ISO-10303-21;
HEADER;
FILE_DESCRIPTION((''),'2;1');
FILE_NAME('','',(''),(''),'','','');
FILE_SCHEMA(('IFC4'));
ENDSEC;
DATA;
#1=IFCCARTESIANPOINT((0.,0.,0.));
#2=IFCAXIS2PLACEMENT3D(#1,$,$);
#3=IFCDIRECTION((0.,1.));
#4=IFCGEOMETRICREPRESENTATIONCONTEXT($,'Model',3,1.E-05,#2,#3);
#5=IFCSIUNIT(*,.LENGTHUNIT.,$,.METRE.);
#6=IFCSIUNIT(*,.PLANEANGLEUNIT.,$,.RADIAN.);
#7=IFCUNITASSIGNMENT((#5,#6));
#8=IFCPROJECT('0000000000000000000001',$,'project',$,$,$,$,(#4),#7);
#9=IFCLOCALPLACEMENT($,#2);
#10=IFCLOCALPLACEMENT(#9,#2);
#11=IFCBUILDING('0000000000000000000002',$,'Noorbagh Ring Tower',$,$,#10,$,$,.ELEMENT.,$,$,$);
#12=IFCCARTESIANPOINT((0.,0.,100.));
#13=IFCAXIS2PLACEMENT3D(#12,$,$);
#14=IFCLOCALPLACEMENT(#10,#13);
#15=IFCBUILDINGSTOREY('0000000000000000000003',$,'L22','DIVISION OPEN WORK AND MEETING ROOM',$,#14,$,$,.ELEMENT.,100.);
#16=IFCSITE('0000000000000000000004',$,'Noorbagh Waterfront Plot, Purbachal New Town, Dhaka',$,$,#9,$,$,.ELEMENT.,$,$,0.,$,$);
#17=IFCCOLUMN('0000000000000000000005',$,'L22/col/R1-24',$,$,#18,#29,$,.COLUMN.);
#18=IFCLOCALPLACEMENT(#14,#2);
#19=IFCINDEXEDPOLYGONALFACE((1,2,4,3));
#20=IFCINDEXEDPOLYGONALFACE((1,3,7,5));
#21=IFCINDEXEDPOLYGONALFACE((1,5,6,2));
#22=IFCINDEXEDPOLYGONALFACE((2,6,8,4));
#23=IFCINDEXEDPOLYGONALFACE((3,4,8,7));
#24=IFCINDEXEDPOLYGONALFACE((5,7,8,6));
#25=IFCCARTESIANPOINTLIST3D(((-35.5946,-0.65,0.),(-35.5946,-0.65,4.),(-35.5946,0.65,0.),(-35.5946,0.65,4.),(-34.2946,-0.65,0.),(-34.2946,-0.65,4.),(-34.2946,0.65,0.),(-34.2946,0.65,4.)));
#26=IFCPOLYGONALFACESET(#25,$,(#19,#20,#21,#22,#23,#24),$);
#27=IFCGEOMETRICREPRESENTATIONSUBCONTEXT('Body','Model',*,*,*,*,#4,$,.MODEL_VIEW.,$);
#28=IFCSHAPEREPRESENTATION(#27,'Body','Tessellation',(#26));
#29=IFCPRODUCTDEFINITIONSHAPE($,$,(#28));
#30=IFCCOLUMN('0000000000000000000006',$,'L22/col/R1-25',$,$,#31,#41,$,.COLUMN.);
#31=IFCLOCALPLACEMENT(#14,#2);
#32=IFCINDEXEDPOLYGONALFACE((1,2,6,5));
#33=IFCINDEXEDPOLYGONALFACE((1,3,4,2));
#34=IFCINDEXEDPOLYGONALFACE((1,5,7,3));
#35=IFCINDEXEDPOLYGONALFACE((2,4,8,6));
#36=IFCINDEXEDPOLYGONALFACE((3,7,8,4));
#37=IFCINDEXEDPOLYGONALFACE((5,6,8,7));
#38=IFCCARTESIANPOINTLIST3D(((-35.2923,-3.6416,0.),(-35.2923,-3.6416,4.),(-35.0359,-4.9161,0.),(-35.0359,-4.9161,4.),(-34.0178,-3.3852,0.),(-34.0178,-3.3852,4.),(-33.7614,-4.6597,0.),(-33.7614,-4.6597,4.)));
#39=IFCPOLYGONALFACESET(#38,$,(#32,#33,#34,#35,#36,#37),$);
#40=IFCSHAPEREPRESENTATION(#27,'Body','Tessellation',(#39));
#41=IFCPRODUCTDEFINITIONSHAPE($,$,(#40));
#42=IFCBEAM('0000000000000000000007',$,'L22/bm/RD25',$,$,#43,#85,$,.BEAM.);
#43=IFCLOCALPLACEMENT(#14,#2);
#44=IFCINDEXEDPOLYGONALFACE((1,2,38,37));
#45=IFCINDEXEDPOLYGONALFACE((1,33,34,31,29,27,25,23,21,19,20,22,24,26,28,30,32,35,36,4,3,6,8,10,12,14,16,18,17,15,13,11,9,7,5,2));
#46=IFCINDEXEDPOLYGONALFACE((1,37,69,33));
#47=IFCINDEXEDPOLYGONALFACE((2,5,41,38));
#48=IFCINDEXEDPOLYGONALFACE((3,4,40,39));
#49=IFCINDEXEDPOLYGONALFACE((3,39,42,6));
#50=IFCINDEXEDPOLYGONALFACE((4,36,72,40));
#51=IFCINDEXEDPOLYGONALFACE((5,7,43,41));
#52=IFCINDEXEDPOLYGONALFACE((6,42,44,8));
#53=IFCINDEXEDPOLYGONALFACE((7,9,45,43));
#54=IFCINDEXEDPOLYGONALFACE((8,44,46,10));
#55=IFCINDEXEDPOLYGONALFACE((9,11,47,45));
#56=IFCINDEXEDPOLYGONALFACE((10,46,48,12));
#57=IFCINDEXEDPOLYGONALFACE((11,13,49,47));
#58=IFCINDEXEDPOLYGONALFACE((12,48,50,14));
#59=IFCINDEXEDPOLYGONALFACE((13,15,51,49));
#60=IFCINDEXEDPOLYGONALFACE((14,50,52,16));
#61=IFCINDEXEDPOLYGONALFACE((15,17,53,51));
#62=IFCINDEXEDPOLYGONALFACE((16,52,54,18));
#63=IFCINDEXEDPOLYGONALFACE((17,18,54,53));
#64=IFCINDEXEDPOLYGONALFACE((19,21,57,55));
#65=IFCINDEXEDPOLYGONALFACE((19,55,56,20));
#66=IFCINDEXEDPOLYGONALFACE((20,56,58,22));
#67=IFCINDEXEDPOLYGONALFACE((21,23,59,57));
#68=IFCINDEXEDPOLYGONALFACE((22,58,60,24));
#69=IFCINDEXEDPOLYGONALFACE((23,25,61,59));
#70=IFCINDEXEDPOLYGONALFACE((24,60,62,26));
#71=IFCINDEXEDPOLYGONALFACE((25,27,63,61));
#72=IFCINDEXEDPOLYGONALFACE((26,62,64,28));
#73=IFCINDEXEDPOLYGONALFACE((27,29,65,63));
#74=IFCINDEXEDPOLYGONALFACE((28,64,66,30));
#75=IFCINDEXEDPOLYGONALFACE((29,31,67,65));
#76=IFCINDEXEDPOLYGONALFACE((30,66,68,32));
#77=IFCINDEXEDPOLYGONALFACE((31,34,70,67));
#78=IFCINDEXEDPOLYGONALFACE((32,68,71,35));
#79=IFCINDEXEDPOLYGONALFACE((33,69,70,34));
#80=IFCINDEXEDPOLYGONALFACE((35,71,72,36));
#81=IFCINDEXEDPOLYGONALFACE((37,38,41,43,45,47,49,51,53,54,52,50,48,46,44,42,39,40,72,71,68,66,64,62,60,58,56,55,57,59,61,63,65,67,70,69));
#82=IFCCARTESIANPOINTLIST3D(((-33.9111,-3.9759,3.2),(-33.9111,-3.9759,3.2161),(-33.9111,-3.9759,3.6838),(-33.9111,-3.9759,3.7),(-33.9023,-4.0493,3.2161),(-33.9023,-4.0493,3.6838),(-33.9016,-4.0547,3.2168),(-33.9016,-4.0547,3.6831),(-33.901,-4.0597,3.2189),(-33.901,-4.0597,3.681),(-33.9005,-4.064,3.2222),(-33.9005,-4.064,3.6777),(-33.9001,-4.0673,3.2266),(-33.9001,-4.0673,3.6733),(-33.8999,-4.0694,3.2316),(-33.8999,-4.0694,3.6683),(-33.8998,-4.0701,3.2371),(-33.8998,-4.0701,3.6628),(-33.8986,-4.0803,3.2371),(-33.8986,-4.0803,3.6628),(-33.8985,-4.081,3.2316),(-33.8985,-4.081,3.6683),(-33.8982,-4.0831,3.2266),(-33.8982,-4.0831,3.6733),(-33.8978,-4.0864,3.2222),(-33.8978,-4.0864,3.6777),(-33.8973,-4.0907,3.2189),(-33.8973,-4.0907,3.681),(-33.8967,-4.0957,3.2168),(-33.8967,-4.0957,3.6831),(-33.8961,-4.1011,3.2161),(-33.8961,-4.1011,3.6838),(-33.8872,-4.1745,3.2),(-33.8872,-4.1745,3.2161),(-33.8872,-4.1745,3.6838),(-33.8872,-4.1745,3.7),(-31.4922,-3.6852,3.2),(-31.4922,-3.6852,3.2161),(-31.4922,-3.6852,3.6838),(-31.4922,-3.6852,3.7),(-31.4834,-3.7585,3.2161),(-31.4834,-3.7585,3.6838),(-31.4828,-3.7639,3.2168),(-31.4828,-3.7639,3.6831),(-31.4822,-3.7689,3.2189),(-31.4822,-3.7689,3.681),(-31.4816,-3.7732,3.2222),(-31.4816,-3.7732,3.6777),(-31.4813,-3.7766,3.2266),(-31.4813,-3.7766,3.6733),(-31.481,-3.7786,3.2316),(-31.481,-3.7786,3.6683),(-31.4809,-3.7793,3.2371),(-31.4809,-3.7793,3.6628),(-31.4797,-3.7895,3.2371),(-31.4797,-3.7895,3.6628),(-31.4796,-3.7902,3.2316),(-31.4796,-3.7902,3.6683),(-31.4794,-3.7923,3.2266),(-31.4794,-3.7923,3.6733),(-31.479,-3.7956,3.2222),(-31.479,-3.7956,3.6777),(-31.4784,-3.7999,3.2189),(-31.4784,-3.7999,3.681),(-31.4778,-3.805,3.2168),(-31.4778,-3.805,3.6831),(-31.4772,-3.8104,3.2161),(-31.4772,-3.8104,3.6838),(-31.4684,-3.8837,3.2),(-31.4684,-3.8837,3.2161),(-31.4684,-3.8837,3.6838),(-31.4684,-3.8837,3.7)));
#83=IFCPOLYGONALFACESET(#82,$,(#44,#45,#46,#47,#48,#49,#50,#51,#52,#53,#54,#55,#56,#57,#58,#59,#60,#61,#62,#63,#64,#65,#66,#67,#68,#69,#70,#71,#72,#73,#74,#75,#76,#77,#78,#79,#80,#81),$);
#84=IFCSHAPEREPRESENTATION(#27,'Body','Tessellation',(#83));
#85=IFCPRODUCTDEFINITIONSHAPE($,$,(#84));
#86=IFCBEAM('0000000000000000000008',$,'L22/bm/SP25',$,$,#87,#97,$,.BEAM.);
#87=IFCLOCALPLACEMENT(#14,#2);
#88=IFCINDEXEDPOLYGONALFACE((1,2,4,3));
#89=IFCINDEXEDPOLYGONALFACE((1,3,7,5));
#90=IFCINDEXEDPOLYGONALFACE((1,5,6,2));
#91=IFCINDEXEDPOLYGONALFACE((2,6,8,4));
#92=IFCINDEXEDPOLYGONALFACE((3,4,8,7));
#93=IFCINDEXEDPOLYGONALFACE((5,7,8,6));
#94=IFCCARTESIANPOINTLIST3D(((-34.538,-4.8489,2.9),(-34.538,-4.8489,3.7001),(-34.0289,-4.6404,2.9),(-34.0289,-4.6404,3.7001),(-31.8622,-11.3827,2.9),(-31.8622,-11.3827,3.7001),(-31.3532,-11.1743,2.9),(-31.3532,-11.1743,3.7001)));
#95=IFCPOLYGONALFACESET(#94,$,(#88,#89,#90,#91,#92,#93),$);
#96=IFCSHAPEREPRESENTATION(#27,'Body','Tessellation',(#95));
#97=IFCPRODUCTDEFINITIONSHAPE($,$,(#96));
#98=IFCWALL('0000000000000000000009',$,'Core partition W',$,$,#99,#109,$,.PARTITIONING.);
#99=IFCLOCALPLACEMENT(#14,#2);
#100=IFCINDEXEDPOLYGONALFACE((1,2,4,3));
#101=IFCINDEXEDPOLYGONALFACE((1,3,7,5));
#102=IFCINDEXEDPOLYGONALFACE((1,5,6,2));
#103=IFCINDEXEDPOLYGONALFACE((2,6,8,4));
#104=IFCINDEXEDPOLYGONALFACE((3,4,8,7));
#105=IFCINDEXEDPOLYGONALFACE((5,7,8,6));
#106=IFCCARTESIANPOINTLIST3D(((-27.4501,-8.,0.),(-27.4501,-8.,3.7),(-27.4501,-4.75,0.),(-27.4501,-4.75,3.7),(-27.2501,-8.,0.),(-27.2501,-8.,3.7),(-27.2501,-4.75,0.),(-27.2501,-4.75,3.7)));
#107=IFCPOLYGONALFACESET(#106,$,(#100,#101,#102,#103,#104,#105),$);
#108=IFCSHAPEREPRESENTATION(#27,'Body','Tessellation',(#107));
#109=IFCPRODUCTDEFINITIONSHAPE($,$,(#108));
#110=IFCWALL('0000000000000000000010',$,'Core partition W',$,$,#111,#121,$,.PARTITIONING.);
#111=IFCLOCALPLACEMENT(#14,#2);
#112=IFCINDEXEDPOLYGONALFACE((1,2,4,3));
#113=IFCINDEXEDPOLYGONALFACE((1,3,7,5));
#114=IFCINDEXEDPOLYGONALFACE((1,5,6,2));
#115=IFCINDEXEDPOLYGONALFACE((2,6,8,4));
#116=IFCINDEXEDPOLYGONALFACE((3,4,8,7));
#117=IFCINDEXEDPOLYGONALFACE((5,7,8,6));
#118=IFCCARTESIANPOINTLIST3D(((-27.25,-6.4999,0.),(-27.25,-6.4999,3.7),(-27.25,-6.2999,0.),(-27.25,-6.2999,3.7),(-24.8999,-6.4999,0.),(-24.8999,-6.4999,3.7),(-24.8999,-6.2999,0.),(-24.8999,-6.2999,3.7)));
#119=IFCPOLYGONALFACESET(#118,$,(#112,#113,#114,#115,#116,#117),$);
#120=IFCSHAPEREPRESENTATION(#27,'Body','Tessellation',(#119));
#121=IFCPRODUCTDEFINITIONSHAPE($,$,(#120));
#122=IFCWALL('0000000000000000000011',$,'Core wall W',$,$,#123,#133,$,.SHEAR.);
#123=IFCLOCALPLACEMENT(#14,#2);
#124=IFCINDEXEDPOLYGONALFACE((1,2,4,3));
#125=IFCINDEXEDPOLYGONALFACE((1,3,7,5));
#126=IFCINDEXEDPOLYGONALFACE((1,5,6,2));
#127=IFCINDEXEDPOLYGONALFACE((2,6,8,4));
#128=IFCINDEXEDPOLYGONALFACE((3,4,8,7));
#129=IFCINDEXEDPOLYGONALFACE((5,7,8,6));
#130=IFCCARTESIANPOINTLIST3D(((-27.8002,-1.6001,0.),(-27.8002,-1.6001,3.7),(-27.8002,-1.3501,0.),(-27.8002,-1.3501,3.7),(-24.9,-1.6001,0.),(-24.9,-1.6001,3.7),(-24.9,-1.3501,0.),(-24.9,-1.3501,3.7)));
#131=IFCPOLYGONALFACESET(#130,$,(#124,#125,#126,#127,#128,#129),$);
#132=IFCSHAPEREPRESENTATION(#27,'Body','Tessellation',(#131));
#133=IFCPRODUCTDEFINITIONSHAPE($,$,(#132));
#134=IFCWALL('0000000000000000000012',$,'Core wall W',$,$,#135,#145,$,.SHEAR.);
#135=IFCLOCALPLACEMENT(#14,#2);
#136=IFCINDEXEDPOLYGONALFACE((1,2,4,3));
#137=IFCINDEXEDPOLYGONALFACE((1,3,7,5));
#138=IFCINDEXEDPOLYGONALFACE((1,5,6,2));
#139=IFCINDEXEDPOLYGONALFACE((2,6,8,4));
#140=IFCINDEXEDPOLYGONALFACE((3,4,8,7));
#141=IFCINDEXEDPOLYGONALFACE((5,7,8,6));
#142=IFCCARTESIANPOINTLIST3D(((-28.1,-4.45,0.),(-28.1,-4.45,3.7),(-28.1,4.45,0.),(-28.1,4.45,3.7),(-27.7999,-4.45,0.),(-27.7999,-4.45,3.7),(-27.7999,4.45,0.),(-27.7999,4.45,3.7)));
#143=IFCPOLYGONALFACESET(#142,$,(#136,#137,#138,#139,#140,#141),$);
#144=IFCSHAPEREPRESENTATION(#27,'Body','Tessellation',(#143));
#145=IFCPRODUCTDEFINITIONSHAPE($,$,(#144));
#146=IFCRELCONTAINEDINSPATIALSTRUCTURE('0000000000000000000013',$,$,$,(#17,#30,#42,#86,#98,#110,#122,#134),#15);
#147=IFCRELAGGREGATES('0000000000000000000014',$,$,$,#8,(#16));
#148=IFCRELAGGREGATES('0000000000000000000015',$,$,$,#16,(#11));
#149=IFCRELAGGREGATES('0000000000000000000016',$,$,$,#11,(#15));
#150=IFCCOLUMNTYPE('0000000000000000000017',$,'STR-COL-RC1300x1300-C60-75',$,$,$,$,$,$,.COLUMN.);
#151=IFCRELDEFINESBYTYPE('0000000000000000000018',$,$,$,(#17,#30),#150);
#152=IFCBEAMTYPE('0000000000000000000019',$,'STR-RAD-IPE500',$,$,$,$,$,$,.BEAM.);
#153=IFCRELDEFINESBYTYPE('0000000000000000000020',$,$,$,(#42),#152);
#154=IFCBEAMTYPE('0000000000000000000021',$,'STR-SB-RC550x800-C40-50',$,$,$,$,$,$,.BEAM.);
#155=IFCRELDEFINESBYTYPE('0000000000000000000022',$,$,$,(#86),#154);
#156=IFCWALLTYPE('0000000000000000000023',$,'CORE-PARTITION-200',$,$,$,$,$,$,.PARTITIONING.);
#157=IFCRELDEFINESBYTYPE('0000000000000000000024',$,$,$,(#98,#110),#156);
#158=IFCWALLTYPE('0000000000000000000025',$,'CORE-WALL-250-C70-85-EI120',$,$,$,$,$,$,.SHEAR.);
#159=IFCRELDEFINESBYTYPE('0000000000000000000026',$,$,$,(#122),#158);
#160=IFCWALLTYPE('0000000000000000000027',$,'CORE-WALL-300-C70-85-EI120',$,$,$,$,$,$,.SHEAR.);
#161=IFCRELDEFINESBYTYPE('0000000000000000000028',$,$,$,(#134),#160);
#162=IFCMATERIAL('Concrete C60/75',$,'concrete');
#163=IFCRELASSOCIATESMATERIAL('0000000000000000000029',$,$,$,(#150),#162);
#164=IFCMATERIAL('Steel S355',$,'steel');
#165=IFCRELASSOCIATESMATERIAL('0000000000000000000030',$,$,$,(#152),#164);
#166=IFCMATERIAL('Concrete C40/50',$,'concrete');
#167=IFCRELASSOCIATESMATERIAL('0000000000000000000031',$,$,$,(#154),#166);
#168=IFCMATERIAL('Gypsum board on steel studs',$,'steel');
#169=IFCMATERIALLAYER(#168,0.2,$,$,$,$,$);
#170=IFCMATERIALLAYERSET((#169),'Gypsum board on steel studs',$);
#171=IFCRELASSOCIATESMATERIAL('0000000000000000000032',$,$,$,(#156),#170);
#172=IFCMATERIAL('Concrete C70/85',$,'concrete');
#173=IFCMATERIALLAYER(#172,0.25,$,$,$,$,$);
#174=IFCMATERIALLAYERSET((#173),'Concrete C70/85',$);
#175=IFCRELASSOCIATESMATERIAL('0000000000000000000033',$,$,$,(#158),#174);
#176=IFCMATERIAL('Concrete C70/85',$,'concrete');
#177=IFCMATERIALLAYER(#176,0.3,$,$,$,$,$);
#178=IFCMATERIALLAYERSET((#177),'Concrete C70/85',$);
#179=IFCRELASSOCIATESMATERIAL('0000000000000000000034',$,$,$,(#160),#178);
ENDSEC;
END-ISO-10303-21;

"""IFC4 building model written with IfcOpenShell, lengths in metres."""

from ifc_helpers import new_model, si_unit, direction, frame, frame_2d, origin, origin_2d, place, context, subcontext, project, spatial, rectangle, i_section, extrude, material, layer, layer_set, material_profile, profile_set, type_object, element, save


model = new_model("IFC4")

# Units and contexts
model_context = context("Model", 3, precision=1e-05, world=origin(), true_north=direction((0.0, 1.0)))
body_context = subcontext(model_context, "Body", "Model", "MODEL_VIEW")
ifc_project = project(units=[si_unit("LENGTHUNIT", "METRE"), si_unit("PLANEANGLEUNIT", "RADIAN")], contexts=[model_context])

# Site, building, storey
site_placement = place(None, origin())
site = spatial("IfcSite", under=ifc_project, at=site_placement, Name="Noorbagh Waterfront Plot, Purbachal New Town, Dhaka", CompositionType="ELEMENT", RefElevation=0.0)
building_placement = place(site_placement, origin())
building = spatial("IfcBuilding", under=site, at=building_placement, Name="Noorbagh Ring Tower", CompositionType="ELEMENT")
storey_placement = place(building_placement, frame((0.0, 0.0, 100.0)))
storey = spatial("IfcBuildingStorey", under=building, at=storey_placement, Name="L22", Description="DIVISION OPEN WORK AND MEETING ROOM", CompositionType="ELEMENT", Elevation=100.0)

# Columns
ifc_material_1 = material(Name="Concrete C60/75", Category="concrete")
ifc_material_profile_1 = material_profile(ifc_material_1, rectangle(XDim=1.3, YDim=1.3, at=origin_2d()), Name="RC1300x1300")
ifc_profile_set_1 = profile_set([ifc_material_profile_1], Name="Concrete C60/75")
column_type = type_object("IfcColumnType", Name="STR-COL-RC1300x1300-C60-75", PredefinedType="COLUMN", material=ifc_profile_set_1)
for number, where, z_axis, x_axis, name in (
    (1, (-34.9446, 0.0, 0.0), (0.0, 0.0, 1.0), (0.0, -1.0, 0.0), "L22/col/R1-24"),
    (2, (-34.5269, -4.1506, 0.0), (0.0, 0.0, 1.0), (0.19723, -0.980357, 0.0), "L22/col/R1-25"),
):
    element("IfcColumn", number, at=place(storey_placement, frame(where, z_axis=z_axis, x_axis=x_axis)), inside=storey, type_object=column_type, Name=name, PredefinedType="COLUMN", context=body_context, shape_type="SweptSolid", body=[
        extrude(rectangle(XDim=1.3, YDim=1.3, at=origin_2d()), origin(), (0.0, 0.0, 1.0), 4.0),
    ])

# Beams
ifc_material_2 = material(Name="Steel S355", Category="steel")
ifc_material_profile_2 = material_profile(ifc_material_2, i_section(OverallWidth=0.2, OverallDepth=0.5, WebThickness=0.0103, FlangeThickness=0.0161, FilletRadius=0.021, at=origin_2d()), Name="IPE500")
ifc_profile_set_2 = profile_set([ifc_material_profile_2], Name="Steel S355")
beam_type_1 = type_object("IfcBeamType", Name="STR-RAD-IPE500", PredefinedType="BEAM", material=ifc_profile_set_2)
beam_1_placement = place(storey_placement, frame((-33.8992, -4.0752, 3.45), z_axis=(0.992853, 0.119347, 0.0), x_axis=(-0.119347, 0.992853, 0.0)))
element("IfcBeam", 3, at=beam_1_placement, inside=storey, type_object=beam_type_1, Name="L22/bm/RD25", PredefinedType="BEAM", context=body_context, shape_type="SweptSolid", body=[
    extrude(i_section(OverallWidth=0.2, OverallDepth=0.5, WebThickness=0.0103, FlangeThickness=0.0161, FilletRadius=0.021, at=origin_2d()), origin(), (0.0, 0.0, 1.0), 2.4363),
])
ifc_material_3 = material(Name="Concrete C40/50", Category="concrete")
ifc_material_profile_3 = material_profile(ifc_material_3, rectangle(XDim=0.55, YDim=0.8, at=origin_2d()), Name="RC550x800")
ifc_profile_set_3 = profile_set([ifc_material_profile_3], Name="Concrete C40/50")
beam_type_2 = type_object("IfcBeamType", Name="STR-SB-RC550x800-C40-50", PredefinedType="BEAM", material=ifc_profile_set_3)
beam_2_placement = place(storey_placement, frame((-34.2834, -4.7446, 3.3), z_axis=(0.378973, -0.925408, 0.0), x_axis=(0.925408, 0.378973, 0.0)))
element("IfcBeam", 4, at=beam_2_placement, inside=storey, type_object=beam_type_2, Name="L22/bm/SP25", PredefinedType="BEAM", context=body_context, shape_type="SweptSolid", body=[
    extrude(rectangle(XDim=0.55, YDim=0.8, at=origin_2d()), origin(), (0.0, 0.0, 1.0), 7.0605),
])

# Walls
ifc_material_4 = material(Name="Gypsum board on steel studs", Category="steel")
ifc_layer_1 = layer(ifc_material_4, 0.2)
ifc_layer_set_1 = layer_set([ifc_layer_1], Name="Gypsum board on steel studs")
wall_type_1 = type_object("IfcWallType", Name="CORE-PARTITION-200", PredefinedType="PARTITIONING", material=ifc_layer_set_1)
wall_1_placement = place(storey_placement, frame((-27.3501, -8.0, 0.0), z_axis=(0.0, 0.0, 1.0), x_axis=(0.0, 1.0, 0.0)))
element("IfcWall", 5, at=wall_1_placement, inside=storey, type_object=wall_type_1, Name="Core partition W", PredefinedType="PARTITIONING", context=body_context, shape_type="SweptSolid", body=[
    extrude(rectangle(XDim=3.25, YDim=0.2, at=frame_2d((1.625, 0.0))), origin(), (0.0, 0.0, 1.0), 3.7),
])
wall_2_placement = place(storey_placement, frame((-24.8999, -6.3999, 0.0), z_axis=(0.0, 0.0, 1.0), x_axis=(-1.0, 0.0, 0.0)))
element("IfcWall", 6, at=wall_2_placement, inside=storey, type_object=wall_type_1, Name="Core partition W", PredefinedType="PARTITIONING", context=body_context, shape_type="SweptSolid", body=[
    extrude(rectangle(XDim=2.3501, YDim=0.2, at=frame_2d((1.175, 0.0))), origin(), (0.0, 0.0, 1.0), 3.7),
])
ifc_material_5 = material(Name="Concrete C70/85", Category="concrete")
ifc_layer_2 = layer(ifc_material_5, 0.25)
ifc_layer_set_2 = layer_set([ifc_layer_2], Name="Concrete C70/85")
wall_type_2 = type_object("IfcWallType", Name="CORE-WALL-250-C70-85-EI120", PredefinedType="SHEAR", material=ifc_layer_set_2)
wall_3_placement = place(storey_placement, frame((-24.8999, -1.4751, 0.0), z_axis=(0.0, 0.0, 1.0), x_axis=(-1.0, 0.0, 0.0)))
element("IfcWall", 7, at=wall_3_placement, inside=storey, type_object=wall_type_2, Name="Core wall W", PredefinedType="SHEAR", context=body_context, shape_type="SweptSolid", body=[
    extrude(rectangle(XDim=2.9001, YDim=0.25, at=frame_2d((1.4502, 0.0))), origin(), (0.0, 0.0, 1.0), 3.7),
])
ifc_material_6 = material(Name="Concrete C70/85", Category="concrete")
ifc_layer_3 = layer(ifc_material_6, 0.3)
ifc_layer_set_3 = layer_set([ifc_layer_3], Name="Concrete C70/85")
wall_type_3 = type_object("IfcWallType", Name="CORE-WALL-300-C70-85-EI120", PredefinedType="SHEAR", material=ifc_layer_set_3)
wall_4_placement = place(storey_placement, frame((-27.95, -4.45, 0.0), z_axis=(0.0, 0.0, 1.0), x_axis=(0.0, 1.0, 0.0)))
element("IfcWall", 8, at=wall_4_placement, inside=storey, type_object=wall_type_3, Name="Core wall W", PredefinedType="SHEAR", context=body_context, shape_type="SweptSolid", body=[
    extrude(rectangle(XDim=8.8999, YDim=0.3, at=frame_2d((4.45, 0.0))), origin(), (0.0, 0.0, 1.0), 3.7),
])

save(model, "model.ifc")
